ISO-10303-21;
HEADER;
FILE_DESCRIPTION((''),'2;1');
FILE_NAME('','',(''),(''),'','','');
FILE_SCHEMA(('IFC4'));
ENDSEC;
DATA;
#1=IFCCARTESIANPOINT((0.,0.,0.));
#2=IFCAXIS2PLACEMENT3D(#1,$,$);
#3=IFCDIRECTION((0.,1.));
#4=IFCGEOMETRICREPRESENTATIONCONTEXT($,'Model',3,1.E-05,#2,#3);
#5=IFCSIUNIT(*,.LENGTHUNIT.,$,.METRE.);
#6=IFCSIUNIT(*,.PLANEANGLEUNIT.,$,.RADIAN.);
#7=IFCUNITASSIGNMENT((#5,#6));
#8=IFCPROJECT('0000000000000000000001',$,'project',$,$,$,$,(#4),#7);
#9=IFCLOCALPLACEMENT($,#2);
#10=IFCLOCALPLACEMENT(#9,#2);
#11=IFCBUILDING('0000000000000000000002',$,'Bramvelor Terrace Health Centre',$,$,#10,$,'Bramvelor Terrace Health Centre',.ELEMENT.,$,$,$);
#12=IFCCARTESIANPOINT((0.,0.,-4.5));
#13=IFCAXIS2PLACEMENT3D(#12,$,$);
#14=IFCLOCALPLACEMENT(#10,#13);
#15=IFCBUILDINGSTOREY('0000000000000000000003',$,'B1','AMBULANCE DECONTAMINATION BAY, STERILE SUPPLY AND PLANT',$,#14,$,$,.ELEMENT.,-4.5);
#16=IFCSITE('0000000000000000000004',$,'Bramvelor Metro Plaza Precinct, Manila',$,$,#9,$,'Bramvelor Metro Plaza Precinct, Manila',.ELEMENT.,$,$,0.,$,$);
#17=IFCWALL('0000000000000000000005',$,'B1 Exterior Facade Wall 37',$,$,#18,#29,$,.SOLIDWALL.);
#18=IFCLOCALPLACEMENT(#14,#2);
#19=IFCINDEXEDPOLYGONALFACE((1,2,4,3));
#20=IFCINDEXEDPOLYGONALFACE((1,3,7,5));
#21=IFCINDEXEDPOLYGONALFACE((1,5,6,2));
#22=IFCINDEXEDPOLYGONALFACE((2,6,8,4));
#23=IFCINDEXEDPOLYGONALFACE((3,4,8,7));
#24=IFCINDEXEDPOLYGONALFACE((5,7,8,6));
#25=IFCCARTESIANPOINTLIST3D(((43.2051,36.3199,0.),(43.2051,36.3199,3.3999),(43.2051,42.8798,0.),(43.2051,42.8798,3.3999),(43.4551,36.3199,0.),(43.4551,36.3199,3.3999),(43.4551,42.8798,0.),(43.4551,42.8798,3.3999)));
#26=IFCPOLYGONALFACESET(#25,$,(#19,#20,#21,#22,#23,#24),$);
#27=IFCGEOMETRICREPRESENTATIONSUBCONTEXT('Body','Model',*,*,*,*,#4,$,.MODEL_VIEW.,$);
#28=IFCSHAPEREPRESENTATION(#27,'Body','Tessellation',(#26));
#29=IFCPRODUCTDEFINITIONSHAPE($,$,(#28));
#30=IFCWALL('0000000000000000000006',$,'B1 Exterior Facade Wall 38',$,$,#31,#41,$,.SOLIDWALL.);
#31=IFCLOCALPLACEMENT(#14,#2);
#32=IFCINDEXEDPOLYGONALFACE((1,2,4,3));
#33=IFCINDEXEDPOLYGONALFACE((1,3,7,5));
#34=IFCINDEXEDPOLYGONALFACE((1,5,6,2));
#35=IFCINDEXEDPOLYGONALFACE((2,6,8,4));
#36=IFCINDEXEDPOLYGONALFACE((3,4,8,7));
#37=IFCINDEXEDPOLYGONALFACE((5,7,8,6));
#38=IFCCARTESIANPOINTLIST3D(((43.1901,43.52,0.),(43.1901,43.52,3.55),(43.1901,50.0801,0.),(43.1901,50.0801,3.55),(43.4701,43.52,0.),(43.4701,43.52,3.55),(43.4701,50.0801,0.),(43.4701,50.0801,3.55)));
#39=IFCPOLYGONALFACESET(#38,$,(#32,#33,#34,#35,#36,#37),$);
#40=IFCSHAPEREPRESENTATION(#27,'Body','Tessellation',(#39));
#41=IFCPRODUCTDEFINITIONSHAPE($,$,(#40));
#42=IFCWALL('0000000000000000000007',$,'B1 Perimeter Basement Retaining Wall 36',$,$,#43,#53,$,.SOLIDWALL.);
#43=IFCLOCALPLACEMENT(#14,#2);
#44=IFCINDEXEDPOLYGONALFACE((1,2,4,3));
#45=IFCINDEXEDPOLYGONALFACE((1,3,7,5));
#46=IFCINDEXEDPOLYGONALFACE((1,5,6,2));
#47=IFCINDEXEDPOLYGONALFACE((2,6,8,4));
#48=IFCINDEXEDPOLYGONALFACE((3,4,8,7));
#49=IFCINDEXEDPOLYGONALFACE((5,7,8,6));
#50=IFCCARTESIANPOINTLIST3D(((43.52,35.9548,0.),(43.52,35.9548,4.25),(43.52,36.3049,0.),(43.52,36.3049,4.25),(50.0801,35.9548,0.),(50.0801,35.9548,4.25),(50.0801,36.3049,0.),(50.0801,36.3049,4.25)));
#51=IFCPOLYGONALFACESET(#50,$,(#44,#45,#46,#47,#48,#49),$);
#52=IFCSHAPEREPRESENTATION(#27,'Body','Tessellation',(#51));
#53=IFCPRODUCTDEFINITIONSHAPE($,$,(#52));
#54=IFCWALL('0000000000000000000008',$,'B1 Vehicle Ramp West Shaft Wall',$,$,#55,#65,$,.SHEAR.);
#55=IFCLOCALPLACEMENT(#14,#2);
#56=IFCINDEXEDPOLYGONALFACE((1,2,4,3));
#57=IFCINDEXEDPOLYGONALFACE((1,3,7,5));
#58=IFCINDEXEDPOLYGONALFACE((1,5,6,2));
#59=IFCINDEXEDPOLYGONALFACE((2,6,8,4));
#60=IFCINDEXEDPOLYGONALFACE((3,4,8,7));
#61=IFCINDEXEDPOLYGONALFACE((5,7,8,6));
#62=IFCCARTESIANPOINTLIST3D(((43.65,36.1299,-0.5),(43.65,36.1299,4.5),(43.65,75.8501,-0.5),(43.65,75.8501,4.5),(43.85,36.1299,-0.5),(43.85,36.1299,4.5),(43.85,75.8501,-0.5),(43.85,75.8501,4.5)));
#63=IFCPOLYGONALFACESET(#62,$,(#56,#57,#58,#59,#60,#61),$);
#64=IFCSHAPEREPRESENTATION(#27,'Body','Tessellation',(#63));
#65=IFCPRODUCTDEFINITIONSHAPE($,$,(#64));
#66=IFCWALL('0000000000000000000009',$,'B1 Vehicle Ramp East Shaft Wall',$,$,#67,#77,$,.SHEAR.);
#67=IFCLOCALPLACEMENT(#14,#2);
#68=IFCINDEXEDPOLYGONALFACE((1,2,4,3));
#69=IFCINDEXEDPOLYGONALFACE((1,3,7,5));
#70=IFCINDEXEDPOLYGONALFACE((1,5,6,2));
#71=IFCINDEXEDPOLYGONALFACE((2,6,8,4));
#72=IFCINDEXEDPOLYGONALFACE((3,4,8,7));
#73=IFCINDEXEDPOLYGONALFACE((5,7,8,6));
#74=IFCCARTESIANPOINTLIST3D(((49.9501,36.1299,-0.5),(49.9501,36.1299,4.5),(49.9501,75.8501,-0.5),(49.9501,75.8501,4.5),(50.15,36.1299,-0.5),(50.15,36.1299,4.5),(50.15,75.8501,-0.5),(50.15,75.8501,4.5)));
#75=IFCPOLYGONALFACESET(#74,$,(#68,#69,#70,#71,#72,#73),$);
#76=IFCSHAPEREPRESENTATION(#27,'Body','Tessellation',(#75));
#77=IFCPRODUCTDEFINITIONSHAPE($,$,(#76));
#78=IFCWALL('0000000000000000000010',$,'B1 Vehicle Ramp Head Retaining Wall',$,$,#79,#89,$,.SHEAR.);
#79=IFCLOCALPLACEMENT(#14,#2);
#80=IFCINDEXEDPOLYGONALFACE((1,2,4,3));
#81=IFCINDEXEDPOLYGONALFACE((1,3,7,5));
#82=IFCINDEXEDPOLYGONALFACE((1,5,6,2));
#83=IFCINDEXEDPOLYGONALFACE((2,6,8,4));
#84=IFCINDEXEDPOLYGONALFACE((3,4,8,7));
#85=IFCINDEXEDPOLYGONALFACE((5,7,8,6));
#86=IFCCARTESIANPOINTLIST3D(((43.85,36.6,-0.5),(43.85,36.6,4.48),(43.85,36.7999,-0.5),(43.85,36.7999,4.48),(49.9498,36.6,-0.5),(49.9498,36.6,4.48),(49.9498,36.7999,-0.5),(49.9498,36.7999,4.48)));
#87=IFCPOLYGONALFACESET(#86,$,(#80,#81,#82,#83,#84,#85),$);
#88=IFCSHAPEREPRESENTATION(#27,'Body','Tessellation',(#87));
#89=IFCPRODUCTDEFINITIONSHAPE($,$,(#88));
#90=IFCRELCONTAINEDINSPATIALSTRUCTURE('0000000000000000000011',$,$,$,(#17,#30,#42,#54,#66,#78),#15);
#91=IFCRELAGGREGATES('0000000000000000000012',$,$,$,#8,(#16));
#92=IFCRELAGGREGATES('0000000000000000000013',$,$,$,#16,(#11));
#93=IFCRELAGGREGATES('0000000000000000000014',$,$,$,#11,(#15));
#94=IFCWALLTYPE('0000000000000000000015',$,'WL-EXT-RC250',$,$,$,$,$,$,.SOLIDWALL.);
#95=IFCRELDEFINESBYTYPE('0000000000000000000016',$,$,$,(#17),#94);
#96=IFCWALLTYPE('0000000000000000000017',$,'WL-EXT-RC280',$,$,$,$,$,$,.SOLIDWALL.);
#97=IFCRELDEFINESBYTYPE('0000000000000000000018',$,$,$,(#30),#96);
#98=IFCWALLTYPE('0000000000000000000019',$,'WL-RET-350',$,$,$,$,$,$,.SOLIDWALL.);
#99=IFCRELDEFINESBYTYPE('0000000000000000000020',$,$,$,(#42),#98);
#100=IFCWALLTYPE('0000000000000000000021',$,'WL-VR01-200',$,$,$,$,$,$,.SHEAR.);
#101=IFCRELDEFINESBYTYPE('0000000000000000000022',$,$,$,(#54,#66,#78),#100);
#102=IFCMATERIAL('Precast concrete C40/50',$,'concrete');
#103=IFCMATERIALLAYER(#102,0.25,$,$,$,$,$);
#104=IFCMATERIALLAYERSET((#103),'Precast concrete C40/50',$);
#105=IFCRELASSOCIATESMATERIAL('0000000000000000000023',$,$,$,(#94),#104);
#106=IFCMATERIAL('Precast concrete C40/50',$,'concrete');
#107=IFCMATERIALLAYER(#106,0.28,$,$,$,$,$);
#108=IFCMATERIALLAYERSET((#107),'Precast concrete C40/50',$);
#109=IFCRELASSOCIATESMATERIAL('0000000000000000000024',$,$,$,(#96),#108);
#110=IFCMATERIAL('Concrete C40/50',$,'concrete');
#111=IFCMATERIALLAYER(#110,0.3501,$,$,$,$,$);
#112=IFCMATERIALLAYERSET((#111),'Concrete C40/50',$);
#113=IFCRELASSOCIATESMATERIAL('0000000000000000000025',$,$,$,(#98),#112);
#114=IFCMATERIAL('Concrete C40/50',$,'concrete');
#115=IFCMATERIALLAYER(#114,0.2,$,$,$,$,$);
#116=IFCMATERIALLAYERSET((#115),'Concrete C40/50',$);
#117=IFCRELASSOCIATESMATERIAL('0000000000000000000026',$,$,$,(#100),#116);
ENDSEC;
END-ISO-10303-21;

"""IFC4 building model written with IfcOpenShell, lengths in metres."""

from ifc_helpers import new_model, si_unit, direction, frame, frame_2d, origin, place, context, subcontext, project, spatial, rectangle, extrude, material, layer, layer_set, type_object, element, save


model = new_model("IFC4")

# Units and contexts
model_context = context("Model", 3, precision=1e-05, world=origin(), true_north=direction((0.0, 1.0)))
body_context = subcontext(model_context, "Body", "Model", "MODEL_VIEW")
ifc_project = project(units=[si_unit("LENGTHUNIT", "METRE"), si_unit("PLANEANGLEUNIT", "RADIAN")], contexts=[model_context])

# Site, building, storey
site_placement = place(None, origin())
site = spatial("IfcSite", under=ifc_project, at=site_placement, Name="Bramvelor Metro Plaza Precinct, Manila", LongName="Bramvelor Metro Plaza Precinct, Manila", CompositionType="ELEMENT", RefElevation=0.0)
building_placement = place(site_placement, origin())
building = spatial("IfcBuilding", under=site, at=building_placement, Name="Bramvelor Terrace Health Centre", LongName="Bramvelor Terrace Health Centre", CompositionType="ELEMENT")
storey_placement = place(building_placement, frame((0.0, 0.0, -4.5)))
storey = spatial("IfcBuildingStorey", under=building, at=storey_placement, Name="B1", Description="AMBULANCE DECONTAMINATION BAY, STERILE SUPPLY AND PLANT", CompositionType="ELEMENT", Elevation=-4.5)

# Walls
ifc_material_1 = material(Name="Precast concrete C40/50", Category="concrete")
ifc_layer_1 = layer(ifc_material_1, 0.25)
ifc_layer_set_1 = layer_set([ifc_layer_1], Name="Precast concrete C40/50")
wall_type_1 = type_object("IfcWallType", Name="WL-EXT-RC250", PredefinedType="SOLIDWALL", material=ifc_layer_set_1)
wall_1_placement = place(storey_placement, frame((43.3301, 36.3201, 0.0), z_axis=(0.0, 0.0, 1.0), x_axis=(0.0, 1.0, 0.0)))
element("IfcWall", 1, at=wall_1_placement, inside=storey, type_object=wall_type_1, Name="B1 Exterior Facade Wall 37", PredefinedType="SOLIDWALL", context=body_context, shape_type="SweptSolid", body=[
    extrude(rectangle(XDim=6.5598, YDim=0.25, at=frame_2d((3.2798, 0.0))), origin(), (0.0, 0.0, 1.0), 3.3999),
])
ifc_material_2 = material(Name="Precast concrete C40/50", Category="concrete")
ifc_layer_2 = layer(ifc_material_2, 0.28)
ifc_layer_set_2 = layer_set([ifc_layer_2], Name="Precast concrete C40/50")
wall_type_2 = type_object("IfcWallType", Name="WL-EXT-RC280", PredefinedType="SOLIDWALL", material=ifc_layer_set_2)
wall_2_placement = place(storey_placement, frame((43.3301, 43.52, 0.0), z_axis=(0.0, 0.0, 1.0), x_axis=(0.0, 1.0, 0.0)))
element("IfcWall", 2, at=wall_2_placement, inside=storey, type_object=wall_type_2, Name="B1 Exterior Facade Wall 38", PredefinedType="SOLIDWALL", context=body_context, shape_type="SweptSolid", body=[
    extrude(rectangle(XDim=6.5601, YDim=0.28, at=frame_2d((3.28, 0.0))), origin(), (0.0, 0.0, 1.0), 3.55),
])
ifc_material_3 = material(Name="Concrete C40/50", Category="concrete")
ifc_layer_3 = layer(ifc_material_3, 0.3501)
ifc_layer_set_3 = layer_set([ifc_layer_3], Name="Concrete C40/50")
wall_type_3 = type_object("IfcWallType", Name="WL-RET-350", PredefinedType="SOLIDWALL", material=ifc_layer_set_3)
wall_3_placement = place(storey_placement, frame((50.0801, 36.1299, 0.0), z_axis=(0.0, 0.0, 1.0), x_axis=(-1.0, 0.0, 0.0)))
element("IfcWall", 3, at=wall_3_placement, inside=storey, type_object=wall_type_3, Name="B1 Perimeter Basement Retaining Wall 36", PredefinedType="SOLIDWALL", context=body_context, shape_type="SweptSolid", body=[
    extrude(rectangle(XDim=6.5601, YDim=0.3501, at=frame_2d((3.28, 0.0))), origin(), (0.0, 0.0, 1.0), 4.25),
])
ifc_material_4 = material(Name="Concrete C40/50", Category="concrete")
ifc_layer_4 = layer(ifc_material_4, 0.2)
ifc_layer_set_4 = layer_set([ifc_layer_4], Name="Concrete C40/50")
wall_type_4 = type_object("IfcWallType", Name="WL-VR01-200", PredefinedType="SHEAR", material=ifc_layer_set_4)
for number, where, z_axis, x_axis, name in (
    (4, (43.75, 36.1299, -0.5), (0.0, 0.0, 1.0), (0.0, 1.0, 0.0), "B1 Vehicle Ramp West Shaft Wall"),
    (5, (50.05, 36.1299, -0.5), (0.0, 0.0, 1.0), (0.0, 1.0, 0.0), "B1 Vehicle Ramp East Shaft Wall"),
):
    element("IfcWall", number, at=place(storey_placement, frame(where, z_axis=z_axis, x_axis=x_axis)), inside=storey, type_object=wall_type_4, Name=name, PredefinedType="SHEAR", context=body_context, shape_type="SweptSolid", body=[
        extrude(rectangle(XDim=39.7202, YDim=0.2, at=frame_2d((19.8601, 0.0))), origin(), (0.0, 0.0, 1.0), 5.0),
    ])
wall_4_placement = place(storey_placement, frame((43.8501, 36.7, -0.5), z_axis=(0.0, 0.0, 1.0), x_axis=(1.0, 0.0, 0.0)))
element("IfcWall", 6, at=wall_4_placement, inside=storey, type_object=wall_type_4, Name="B1 Vehicle Ramp Head Retaining Wall", PredefinedType="SHEAR", context=body_context, shape_type="SweptSolid", body=[
    extrude(rectangle(XDim=6.0999, YDim=0.2, at=frame_2d((3.0498, 0.0))), origin(), (0.0, 0.0, 1.0), 4.98),
])

save(model, "model.ifc")
